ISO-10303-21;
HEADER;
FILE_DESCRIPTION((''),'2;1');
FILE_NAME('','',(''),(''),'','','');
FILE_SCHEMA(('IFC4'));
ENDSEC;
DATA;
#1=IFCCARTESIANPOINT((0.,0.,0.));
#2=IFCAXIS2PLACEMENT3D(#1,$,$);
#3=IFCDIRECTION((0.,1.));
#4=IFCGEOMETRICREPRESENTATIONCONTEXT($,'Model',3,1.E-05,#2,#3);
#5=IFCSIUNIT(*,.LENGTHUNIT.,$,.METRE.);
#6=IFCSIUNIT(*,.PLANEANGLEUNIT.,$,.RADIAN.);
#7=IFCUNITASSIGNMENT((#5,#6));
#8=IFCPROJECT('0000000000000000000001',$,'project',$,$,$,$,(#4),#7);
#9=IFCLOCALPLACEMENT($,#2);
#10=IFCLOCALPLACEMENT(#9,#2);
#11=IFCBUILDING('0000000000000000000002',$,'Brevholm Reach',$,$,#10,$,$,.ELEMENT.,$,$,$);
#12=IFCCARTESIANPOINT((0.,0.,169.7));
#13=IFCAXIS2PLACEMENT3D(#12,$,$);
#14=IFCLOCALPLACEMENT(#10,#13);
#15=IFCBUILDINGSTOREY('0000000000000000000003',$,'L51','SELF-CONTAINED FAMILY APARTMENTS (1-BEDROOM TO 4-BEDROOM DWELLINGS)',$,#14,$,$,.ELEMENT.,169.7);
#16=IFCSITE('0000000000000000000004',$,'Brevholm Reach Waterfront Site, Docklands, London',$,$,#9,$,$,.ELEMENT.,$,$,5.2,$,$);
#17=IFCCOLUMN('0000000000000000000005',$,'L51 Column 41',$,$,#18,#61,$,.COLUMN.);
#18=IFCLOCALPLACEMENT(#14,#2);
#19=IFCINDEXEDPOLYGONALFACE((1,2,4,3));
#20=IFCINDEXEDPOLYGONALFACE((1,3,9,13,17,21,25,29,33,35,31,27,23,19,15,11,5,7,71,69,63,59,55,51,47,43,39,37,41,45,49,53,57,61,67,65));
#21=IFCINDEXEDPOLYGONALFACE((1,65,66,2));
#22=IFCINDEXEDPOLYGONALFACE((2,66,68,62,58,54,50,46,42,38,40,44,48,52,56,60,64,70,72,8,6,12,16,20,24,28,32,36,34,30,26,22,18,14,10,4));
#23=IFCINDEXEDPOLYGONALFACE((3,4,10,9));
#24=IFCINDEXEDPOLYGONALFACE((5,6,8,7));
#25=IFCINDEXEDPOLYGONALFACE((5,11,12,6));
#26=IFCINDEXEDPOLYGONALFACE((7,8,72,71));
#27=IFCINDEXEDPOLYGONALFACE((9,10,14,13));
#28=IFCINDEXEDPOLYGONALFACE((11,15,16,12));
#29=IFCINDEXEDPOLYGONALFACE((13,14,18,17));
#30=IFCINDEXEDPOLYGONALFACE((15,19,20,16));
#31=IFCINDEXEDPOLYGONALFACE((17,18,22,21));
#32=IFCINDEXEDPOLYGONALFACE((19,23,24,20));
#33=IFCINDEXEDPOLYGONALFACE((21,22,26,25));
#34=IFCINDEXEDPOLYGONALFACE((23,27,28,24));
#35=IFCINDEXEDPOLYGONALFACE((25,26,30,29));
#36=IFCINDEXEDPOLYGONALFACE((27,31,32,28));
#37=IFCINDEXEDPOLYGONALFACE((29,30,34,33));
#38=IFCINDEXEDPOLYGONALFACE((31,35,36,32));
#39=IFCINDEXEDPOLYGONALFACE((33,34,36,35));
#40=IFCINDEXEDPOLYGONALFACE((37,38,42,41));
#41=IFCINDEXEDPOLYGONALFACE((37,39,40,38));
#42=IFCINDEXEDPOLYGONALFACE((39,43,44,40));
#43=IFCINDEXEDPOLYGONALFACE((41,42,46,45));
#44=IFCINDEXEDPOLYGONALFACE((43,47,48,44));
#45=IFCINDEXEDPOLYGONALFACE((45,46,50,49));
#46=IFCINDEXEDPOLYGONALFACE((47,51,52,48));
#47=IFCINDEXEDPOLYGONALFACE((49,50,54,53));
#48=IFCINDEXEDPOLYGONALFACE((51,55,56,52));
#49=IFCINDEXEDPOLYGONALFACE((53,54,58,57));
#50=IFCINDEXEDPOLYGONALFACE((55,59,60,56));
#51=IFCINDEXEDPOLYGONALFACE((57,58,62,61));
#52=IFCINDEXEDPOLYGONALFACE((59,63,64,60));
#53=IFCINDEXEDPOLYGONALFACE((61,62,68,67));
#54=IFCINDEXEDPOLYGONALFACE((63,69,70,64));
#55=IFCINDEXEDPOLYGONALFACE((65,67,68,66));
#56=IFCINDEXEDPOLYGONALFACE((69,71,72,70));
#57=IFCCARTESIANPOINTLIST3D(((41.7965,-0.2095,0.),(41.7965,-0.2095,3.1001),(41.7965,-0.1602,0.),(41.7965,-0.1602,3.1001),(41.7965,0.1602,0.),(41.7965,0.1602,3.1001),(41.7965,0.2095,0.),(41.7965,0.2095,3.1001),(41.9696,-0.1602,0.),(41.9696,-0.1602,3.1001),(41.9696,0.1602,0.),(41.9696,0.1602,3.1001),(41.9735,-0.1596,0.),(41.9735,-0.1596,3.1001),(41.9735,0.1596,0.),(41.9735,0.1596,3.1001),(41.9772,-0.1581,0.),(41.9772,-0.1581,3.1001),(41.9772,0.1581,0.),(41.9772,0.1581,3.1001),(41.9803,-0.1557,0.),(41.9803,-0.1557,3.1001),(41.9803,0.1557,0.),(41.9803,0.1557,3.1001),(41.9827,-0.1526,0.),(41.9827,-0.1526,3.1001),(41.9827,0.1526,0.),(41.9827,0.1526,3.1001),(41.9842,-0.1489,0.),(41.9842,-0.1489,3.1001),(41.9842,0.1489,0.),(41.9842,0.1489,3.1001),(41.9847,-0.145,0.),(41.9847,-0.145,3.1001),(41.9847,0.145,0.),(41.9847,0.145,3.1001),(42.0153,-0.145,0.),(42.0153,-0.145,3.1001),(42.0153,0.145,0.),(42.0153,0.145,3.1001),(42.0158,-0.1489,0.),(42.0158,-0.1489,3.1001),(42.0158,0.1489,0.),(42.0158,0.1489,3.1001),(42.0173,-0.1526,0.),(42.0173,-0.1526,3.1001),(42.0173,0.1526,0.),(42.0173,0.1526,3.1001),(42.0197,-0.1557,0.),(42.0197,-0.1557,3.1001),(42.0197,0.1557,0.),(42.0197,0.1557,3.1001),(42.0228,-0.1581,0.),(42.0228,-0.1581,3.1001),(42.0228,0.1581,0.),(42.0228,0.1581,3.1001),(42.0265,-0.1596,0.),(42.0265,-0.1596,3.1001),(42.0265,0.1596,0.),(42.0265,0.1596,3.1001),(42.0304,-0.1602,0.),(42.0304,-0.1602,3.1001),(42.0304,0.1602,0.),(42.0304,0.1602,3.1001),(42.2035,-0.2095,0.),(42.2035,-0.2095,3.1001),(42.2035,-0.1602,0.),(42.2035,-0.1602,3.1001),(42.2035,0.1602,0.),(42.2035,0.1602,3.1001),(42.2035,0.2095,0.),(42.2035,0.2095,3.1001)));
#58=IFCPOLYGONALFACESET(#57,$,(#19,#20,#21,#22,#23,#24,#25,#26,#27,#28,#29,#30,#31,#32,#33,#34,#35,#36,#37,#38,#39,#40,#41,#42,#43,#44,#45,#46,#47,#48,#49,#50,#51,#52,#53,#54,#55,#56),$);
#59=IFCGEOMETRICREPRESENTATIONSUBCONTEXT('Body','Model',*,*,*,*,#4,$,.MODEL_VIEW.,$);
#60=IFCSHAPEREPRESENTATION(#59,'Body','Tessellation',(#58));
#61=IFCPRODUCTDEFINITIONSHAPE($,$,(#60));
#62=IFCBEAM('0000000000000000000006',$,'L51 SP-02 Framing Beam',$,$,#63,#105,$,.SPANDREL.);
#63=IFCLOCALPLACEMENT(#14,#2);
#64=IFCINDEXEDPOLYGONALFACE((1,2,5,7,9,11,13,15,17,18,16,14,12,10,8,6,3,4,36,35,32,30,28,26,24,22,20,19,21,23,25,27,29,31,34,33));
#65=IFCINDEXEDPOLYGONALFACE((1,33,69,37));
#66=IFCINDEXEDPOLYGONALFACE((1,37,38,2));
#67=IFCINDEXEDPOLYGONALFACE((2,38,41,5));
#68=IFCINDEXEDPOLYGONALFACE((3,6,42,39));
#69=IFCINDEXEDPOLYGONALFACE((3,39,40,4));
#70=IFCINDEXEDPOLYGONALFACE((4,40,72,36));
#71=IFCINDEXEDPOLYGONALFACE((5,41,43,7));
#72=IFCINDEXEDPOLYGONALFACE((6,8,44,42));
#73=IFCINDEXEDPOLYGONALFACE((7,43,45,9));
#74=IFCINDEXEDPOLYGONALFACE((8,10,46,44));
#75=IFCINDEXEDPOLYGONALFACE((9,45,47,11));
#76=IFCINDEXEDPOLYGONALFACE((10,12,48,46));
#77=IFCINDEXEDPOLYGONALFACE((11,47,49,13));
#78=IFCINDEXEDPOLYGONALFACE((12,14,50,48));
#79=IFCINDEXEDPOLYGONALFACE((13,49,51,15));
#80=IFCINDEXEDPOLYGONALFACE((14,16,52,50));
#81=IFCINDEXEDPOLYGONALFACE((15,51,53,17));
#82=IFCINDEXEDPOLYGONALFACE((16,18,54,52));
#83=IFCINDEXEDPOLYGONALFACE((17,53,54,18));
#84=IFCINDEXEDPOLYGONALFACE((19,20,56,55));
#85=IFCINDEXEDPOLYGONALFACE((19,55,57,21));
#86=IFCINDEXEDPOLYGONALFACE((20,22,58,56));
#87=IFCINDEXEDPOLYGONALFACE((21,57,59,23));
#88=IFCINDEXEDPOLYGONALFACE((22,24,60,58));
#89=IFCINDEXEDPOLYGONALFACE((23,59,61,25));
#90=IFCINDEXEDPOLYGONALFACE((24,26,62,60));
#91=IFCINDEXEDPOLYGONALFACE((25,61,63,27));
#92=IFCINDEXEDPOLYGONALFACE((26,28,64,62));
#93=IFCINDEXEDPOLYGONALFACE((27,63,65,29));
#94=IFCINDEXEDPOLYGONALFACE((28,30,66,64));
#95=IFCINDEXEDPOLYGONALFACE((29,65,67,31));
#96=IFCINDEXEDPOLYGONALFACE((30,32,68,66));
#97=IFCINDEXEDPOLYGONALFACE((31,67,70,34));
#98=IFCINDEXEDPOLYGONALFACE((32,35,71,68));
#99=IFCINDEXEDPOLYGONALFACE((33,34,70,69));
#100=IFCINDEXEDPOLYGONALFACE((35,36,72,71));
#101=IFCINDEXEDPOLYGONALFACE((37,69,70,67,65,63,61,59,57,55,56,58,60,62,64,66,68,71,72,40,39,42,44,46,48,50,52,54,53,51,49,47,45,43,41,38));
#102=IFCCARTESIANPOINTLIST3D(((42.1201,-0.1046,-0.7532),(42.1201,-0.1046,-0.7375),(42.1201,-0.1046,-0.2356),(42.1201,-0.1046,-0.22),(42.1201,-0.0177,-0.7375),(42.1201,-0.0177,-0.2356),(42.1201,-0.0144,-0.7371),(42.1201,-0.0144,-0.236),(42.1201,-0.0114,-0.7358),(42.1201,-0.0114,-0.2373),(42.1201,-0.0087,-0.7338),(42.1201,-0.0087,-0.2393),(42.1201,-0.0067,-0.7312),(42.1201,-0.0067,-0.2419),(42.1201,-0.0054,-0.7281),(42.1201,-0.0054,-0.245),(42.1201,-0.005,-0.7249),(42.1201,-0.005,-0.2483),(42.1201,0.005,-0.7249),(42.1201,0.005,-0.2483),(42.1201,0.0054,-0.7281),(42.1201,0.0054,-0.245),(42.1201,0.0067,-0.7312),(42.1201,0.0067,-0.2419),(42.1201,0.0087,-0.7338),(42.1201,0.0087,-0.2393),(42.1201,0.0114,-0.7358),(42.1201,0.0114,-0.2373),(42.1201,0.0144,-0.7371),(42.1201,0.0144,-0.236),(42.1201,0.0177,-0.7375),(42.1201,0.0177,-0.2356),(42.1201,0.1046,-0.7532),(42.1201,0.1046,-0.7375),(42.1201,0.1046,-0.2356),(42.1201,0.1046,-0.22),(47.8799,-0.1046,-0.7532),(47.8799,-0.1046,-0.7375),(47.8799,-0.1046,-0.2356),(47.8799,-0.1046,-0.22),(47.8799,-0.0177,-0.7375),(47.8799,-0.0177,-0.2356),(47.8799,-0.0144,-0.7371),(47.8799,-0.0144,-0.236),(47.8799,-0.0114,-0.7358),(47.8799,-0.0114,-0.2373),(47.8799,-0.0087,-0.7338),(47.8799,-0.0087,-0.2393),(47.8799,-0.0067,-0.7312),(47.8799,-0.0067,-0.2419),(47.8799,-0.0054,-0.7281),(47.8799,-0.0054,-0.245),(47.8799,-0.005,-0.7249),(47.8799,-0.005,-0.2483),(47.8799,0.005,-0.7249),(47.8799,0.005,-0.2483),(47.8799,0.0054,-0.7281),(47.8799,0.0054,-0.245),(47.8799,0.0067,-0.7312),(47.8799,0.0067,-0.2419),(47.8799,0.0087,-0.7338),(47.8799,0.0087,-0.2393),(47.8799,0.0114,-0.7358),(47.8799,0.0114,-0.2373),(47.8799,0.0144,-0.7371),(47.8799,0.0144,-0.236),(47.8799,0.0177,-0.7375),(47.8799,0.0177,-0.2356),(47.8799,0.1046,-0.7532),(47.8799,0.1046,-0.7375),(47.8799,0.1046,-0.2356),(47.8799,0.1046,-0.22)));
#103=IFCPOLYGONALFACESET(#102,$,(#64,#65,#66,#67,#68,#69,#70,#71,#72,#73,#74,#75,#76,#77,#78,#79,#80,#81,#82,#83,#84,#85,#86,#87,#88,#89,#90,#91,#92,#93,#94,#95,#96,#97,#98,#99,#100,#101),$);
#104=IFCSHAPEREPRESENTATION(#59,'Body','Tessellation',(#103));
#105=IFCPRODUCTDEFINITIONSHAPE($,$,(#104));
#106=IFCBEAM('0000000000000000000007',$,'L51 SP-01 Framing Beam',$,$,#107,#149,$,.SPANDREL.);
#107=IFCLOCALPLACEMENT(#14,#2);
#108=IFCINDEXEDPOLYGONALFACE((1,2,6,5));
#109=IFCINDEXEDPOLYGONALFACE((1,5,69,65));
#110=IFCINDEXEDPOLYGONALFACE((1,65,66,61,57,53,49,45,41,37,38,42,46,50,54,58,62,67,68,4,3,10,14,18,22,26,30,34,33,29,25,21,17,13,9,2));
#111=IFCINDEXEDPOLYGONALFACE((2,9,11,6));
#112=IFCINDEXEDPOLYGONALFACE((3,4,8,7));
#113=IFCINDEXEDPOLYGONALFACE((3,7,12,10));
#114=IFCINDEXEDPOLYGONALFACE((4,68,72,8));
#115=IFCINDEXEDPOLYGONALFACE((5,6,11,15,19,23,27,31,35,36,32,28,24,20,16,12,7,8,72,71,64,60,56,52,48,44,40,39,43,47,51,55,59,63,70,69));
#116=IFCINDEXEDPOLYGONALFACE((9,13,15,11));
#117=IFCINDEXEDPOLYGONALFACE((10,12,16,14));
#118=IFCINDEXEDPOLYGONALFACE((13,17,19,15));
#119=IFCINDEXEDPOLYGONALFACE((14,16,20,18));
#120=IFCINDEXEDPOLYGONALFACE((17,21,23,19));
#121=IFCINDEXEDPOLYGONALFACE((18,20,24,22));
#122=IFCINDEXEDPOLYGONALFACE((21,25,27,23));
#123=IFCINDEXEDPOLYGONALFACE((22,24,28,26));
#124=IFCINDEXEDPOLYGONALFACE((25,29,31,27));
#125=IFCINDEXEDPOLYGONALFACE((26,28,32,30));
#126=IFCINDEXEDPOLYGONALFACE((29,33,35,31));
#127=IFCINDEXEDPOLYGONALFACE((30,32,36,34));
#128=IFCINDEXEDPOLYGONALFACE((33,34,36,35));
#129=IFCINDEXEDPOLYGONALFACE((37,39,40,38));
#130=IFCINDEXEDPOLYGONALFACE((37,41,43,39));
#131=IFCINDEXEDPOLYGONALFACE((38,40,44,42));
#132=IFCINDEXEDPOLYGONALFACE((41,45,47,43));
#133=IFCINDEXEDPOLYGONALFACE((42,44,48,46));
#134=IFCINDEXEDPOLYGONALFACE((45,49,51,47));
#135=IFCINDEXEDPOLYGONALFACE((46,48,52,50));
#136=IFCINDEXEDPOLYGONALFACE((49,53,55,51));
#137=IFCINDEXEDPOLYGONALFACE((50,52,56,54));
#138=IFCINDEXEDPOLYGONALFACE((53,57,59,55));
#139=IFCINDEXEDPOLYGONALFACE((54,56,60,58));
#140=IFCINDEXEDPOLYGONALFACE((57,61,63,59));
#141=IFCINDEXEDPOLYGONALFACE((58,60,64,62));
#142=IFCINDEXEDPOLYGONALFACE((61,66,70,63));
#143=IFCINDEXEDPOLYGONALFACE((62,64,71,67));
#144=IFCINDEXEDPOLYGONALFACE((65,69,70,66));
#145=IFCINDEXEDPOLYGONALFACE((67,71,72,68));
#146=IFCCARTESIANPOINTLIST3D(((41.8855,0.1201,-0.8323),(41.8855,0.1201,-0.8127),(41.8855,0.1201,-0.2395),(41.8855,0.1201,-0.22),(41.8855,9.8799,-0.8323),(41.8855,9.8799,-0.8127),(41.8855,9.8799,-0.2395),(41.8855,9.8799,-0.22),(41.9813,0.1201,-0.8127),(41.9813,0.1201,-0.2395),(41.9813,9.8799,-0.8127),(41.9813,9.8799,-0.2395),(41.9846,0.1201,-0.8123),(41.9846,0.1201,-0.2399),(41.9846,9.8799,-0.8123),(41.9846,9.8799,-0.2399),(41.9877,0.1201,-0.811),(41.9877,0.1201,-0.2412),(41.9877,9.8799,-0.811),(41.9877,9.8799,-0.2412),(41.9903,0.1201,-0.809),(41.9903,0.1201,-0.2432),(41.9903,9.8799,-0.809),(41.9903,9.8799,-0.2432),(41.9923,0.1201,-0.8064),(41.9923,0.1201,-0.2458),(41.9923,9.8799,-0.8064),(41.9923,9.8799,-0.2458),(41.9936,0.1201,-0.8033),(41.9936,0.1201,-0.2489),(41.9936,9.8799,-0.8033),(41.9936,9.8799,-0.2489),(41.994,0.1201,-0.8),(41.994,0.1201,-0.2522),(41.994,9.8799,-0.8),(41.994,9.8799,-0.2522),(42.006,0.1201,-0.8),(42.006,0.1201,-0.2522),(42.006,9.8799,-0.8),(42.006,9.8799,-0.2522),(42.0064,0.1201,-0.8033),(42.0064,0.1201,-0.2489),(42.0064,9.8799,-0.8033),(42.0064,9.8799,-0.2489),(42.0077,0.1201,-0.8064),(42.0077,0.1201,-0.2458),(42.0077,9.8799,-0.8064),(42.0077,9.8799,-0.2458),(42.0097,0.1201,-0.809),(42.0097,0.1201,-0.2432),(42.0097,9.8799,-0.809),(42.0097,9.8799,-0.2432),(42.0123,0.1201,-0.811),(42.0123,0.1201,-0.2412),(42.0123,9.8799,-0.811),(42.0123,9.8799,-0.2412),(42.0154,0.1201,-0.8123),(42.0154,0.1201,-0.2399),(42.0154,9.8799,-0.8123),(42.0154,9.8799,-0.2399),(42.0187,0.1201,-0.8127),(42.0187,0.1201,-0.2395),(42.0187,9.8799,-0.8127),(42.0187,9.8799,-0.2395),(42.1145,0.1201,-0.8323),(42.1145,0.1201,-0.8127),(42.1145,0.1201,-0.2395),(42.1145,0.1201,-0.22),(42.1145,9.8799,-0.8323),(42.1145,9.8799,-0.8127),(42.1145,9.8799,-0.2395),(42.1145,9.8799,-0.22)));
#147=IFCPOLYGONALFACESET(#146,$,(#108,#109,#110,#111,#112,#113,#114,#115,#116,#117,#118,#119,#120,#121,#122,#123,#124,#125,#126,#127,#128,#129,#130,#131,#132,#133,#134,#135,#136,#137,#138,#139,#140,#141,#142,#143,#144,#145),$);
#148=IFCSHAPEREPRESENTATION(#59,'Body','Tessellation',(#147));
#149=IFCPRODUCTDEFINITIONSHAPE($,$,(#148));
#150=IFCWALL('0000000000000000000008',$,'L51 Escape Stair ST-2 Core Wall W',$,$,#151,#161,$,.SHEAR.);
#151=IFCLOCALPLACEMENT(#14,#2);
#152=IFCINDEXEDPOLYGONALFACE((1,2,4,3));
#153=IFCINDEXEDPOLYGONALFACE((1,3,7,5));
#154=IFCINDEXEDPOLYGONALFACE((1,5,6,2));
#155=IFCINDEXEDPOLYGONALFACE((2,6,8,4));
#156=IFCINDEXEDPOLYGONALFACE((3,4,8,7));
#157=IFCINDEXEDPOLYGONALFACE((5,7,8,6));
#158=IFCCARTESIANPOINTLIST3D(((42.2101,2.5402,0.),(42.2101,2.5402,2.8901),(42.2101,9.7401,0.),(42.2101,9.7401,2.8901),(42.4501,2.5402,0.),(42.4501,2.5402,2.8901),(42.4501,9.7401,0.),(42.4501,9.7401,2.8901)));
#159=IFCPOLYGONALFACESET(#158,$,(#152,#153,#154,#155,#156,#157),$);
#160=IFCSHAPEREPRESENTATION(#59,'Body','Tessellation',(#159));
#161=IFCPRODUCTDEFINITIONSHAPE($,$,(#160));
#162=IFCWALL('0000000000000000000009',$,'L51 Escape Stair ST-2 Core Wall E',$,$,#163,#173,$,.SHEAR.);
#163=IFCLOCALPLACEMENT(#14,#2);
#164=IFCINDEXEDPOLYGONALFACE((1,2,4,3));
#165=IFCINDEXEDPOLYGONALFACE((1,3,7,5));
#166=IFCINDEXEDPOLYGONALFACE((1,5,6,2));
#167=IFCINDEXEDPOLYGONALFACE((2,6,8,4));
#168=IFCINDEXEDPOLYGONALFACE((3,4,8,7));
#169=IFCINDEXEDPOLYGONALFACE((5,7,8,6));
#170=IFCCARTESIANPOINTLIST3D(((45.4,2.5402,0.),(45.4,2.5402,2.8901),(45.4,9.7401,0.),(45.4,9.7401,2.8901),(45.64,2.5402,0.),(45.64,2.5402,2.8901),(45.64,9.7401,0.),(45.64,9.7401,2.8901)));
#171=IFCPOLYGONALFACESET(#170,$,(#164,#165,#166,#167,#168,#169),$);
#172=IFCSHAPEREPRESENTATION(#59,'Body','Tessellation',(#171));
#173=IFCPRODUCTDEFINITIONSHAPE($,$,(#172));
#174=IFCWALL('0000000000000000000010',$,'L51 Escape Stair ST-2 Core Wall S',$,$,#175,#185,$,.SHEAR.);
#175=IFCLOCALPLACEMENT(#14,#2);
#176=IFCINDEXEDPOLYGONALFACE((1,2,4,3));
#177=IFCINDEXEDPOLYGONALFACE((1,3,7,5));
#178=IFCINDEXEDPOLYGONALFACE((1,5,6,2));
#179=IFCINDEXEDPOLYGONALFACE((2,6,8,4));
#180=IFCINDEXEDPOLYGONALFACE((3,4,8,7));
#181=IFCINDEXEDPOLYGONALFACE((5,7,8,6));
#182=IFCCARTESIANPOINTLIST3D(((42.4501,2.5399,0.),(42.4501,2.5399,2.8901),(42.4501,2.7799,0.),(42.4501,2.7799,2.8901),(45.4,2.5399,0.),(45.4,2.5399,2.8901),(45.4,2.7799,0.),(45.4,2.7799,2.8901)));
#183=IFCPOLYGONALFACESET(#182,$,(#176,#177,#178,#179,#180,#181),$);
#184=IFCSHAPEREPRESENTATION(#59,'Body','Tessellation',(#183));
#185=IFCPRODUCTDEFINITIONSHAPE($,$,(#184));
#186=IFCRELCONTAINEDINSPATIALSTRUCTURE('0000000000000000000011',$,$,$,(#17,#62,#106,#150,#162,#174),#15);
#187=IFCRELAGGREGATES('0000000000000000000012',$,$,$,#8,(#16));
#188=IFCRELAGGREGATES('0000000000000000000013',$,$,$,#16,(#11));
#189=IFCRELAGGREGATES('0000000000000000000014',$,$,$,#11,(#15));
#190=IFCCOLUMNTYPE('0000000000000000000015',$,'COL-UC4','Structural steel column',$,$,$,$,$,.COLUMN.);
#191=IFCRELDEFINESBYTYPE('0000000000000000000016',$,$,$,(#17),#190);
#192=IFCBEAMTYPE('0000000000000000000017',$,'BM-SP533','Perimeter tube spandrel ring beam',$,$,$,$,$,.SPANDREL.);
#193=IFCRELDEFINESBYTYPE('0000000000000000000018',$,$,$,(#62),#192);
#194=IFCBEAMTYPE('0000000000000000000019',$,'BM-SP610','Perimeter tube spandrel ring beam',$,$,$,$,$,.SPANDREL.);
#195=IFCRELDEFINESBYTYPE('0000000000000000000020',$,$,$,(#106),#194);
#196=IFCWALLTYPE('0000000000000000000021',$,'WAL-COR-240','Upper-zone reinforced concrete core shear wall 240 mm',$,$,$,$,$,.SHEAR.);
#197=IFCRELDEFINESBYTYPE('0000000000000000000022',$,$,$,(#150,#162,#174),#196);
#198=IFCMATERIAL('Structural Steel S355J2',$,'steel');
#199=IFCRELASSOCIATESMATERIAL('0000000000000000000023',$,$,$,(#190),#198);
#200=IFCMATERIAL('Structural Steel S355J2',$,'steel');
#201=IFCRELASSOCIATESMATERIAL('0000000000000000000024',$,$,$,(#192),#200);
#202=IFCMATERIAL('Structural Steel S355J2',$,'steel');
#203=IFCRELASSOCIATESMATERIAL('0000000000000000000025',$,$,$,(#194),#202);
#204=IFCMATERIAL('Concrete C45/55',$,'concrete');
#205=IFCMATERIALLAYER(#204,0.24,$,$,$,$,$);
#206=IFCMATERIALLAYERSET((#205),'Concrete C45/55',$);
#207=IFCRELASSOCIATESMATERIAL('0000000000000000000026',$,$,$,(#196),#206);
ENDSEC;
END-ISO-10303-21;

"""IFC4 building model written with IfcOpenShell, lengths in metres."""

from ifc_helpers import new_model, si_unit, direction, frame, frame_2d, origin, origin_2d, place, context, subcontext, project, spatial, rectangle, i_section, extrude, material, layer, layer_set, material_profile, profile_set, type_object, element, save


model = new_model("IFC4")

# Units and contexts
model_context = context("Model", 3, precision=1e-05, world=origin(), true_north=direction((0.0, 1.0)))
body_context = subcontext(model_context, "Body", "Model", "MODEL_VIEW")
ifc_project = project(units=[si_unit("LENGTHUNIT", "METRE"), si_unit("PLANEANGLEUNIT", "RADIAN")], contexts=[model_context])

# Site, building, storey
site_placement = place(None, origin())
site = spatial("IfcSite", under=ifc_project, at=site_placement, Name="Brevholm Reach Waterfront Site, Docklands, London", CompositionType="ELEMENT", RefElevation=5.2)
building_placement = place(site_placement, origin())
building = spatial("IfcBuilding", under=site, at=building_placement, Name="Brevholm Reach", CompositionType="ELEMENT")
storey_placement = place(building_placement, frame((0.0, 0.0, 169.7)))
storey = spatial("IfcBuildingStorey", under=building, at=storey_placement, Name="L51", Description="SELF-CONTAINED FAMILY APARTMENTS (1-BEDROOM TO 4-BEDROOM DWELLINGS)", CompositionType="ELEMENT", Elevation=169.7)

# Column
ifc_material_1 = material(Name="Structural Steel S355J2", Category="steel")
ifc_material_profile_1 = material_profile(ifc_material_1, i_section(OverallWidth=0.407, OverallDepth=0.4189, WebThickness=0.0305, FlangeThickness=0.0493, FilletRadius=0.0151, at=origin_2d()), Name="UKC 356x406x393")
ifc_profile_set_1 = profile_set([ifc_material_profile_1], Name="Structural Steel S355J2")
column_type = type_object("IfcColumnType", Name="COL-UC4", Description="Structural steel column", PredefinedType="COLUMN", material=ifc_profile_set_1)
column_placement = place(storey_placement, frame((42.0, 0.0, 0.0), z_axis=(0.0, 0.0, 1.0), x_axis=(1.0, 0.0, 0.0)))
element("IfcColumn", 1, at=column_placement, inside=storey, type_object=column_type, Name="L51 Column 41", PredefinedType="COLUMN", context=body_context, shape_type="SweptSolid", body=[
    extrude(i_section(OverallWidth=0.407, OverallDepth=0.4189, WebThickness=0.0305, FlangeThickness=0.0493, FilletRadius=0.0151, at=origin_2d()), origin(), (0.0, 0.0, 1.0), 3.1001),
])

# Beams
ifc_material_2 = material(Name="Structural Steel S355J2", Category="steel")
ifc_material_profile_2 = material_profile(ifc_material_2, i_section(OverallWidth=0.2092, OverallDepth=0.5332, WebThickness=0.01, FlangeThickness=0.0156, FilletRadius=0.0127, at=origin_2d()), Name="UKB 533x210x92")
ifc_profile_set_2 = profile_set([ifc_material_profile_2], Name="Structural Steel S355J2")
beam_type_1 = type_object("IfcBeamType", Name="BM-SP533", Description="Perimeter tube spandrel ring beam", PredefinedType="SPANDREL", material=ifc_profile_set_2)
beam_1_placement = place(storey_placement, frame((42.1201, 0.0, -0.4866), z_axis=(1.0, 0.0, 0.0), x_axis=(0.0, 1.0, 0.0)))
element("IfcBeam", 2, at=beam_1_placement, inside=storey, type_object=beam_type_1, Name="L51 SP-02 Framing Beam", PredefinedType="SPANDREL", context=body_context, shape_type="SweptSolid", body=[
    extrude(i_section(OverallWidth=0.2092, OverallDepth=0.5332, WebThickness=0.01, FlangeThickness=0.0156, FilletRadius=0.0127, at=origin_2d()), origin(), (0.0, 0.0, 1.0), 5.7598),
])
ifc_material_3 = material(Name="Structural Steel S355J2", Category="steel")
ifc_material_profile_3 = material_profile(ifc_material_3, i_section(OverallWidth=0.229, OverallDepth=0.6123, WebThickness=0.012, FlangeThickness=0.0195, FilletRadius=0.0127, at=origin_2d()), Name="UKB 610x229x125")
ifc_profile_set_3 = profile_set([ifc_material_profile_3], Name="Structural Steel S355J2")
beam_type_2 = type_object("IfcBeamType", Name="BM-SP610", Description="Perimeter tube spandrel ring beam", PredefinedType="SPANDREL", material=ifc_profile_set_3)
beam_2_placement = place(storey_placement, frame((42.0, 0.1201, -0.5261), z_axis=(0.0, 1.0, 0.0), x_axis=(-1.0, 0.0, 0.0)))
element("IfcBeam", 3, at=beam_2_placement, inside=storey, type_object=beam_type_2, Name="L51 SP-01 Framing Beam", PredefinedType="SPANDREL", context=body_context, shape_type="SweptSolid", body=[
    extrude(i_section(OverallWidth=0.229, OverallDepth=0.6123, WebThickness=0.012, FlangeThickness=0.0195, FilletRadius=0.0127, at=origin_2d()), origin(), (0.0, 0.0, 1.0), 9.7598),
])

# Walls
ifc_material_4 = material(Name="Concrete C45/55", Category="concrete")
ifc_layer_1 = layer(ifc_material_4, 0.24)
ifc_layer_set_1 = layer_set([ifc_layer_1], Name="Concrete C45/55")
wall_type_1 = type_object("IfcWallType", Name="WAL-COR-240", Description="Upper-zone reinforced concrete core shear wall 240 mm", PredefinedType="SHEAR", material=ifc_layer_set_1)
for number, where, z_axis, x_axis, name in (
    (4, (42.3301, 2.54, 0.0), (0.0, 0.0, 1.0), (0.0, 1.0, 0.0), "L51 Escape Stair ST-2 Core Wall W"),
    (5, (45.52, 2.54, 0.0), (0.0, 0.0, 1.0), (0.0, 1.0, 0.0), "L51 Escape Stair ST-2 Core Wall E"),
):
    element("IfcWall", number, at=place(storey_placement, frame(where, z_axis=z_axis, x_axis=x_axis)), inside=storey, type_object=wall_type_1, Name=name, PredefinedType="SHEAR", context=body_context, shape_type="SweptSolid", body=[
        extrude(rectangle(XDim=7.2, YDim=0.24, at=frame_2d((3.6001, 0.0))), origin(), (0.0, 0.0, 1.0), 2.8901),
    ])
wall_1_placement = place(storey_placement, frame((42.45, 2.6599, 0.0), z_axis=(0.0, 0.0, 1.0), x_axis=(1.0, 0.0, 0.0)))
element("IfcWall", 6, at=wall_1_placement, inside=storey, type_object=wall_type_1, Name="L51 Escape Stair ST-2 Core Wall S", PredefinedType="SHEAR", context=body_context, shape_type="SweptSolid", body=[
    extrude(rectangle(XDim=2.95, YDim=0.24, at=frame_2d((1.4751, 0.0))), origin(), (0.0, 0.0, 1.0), 2.8901),
])

save(model, "model.ifc")
